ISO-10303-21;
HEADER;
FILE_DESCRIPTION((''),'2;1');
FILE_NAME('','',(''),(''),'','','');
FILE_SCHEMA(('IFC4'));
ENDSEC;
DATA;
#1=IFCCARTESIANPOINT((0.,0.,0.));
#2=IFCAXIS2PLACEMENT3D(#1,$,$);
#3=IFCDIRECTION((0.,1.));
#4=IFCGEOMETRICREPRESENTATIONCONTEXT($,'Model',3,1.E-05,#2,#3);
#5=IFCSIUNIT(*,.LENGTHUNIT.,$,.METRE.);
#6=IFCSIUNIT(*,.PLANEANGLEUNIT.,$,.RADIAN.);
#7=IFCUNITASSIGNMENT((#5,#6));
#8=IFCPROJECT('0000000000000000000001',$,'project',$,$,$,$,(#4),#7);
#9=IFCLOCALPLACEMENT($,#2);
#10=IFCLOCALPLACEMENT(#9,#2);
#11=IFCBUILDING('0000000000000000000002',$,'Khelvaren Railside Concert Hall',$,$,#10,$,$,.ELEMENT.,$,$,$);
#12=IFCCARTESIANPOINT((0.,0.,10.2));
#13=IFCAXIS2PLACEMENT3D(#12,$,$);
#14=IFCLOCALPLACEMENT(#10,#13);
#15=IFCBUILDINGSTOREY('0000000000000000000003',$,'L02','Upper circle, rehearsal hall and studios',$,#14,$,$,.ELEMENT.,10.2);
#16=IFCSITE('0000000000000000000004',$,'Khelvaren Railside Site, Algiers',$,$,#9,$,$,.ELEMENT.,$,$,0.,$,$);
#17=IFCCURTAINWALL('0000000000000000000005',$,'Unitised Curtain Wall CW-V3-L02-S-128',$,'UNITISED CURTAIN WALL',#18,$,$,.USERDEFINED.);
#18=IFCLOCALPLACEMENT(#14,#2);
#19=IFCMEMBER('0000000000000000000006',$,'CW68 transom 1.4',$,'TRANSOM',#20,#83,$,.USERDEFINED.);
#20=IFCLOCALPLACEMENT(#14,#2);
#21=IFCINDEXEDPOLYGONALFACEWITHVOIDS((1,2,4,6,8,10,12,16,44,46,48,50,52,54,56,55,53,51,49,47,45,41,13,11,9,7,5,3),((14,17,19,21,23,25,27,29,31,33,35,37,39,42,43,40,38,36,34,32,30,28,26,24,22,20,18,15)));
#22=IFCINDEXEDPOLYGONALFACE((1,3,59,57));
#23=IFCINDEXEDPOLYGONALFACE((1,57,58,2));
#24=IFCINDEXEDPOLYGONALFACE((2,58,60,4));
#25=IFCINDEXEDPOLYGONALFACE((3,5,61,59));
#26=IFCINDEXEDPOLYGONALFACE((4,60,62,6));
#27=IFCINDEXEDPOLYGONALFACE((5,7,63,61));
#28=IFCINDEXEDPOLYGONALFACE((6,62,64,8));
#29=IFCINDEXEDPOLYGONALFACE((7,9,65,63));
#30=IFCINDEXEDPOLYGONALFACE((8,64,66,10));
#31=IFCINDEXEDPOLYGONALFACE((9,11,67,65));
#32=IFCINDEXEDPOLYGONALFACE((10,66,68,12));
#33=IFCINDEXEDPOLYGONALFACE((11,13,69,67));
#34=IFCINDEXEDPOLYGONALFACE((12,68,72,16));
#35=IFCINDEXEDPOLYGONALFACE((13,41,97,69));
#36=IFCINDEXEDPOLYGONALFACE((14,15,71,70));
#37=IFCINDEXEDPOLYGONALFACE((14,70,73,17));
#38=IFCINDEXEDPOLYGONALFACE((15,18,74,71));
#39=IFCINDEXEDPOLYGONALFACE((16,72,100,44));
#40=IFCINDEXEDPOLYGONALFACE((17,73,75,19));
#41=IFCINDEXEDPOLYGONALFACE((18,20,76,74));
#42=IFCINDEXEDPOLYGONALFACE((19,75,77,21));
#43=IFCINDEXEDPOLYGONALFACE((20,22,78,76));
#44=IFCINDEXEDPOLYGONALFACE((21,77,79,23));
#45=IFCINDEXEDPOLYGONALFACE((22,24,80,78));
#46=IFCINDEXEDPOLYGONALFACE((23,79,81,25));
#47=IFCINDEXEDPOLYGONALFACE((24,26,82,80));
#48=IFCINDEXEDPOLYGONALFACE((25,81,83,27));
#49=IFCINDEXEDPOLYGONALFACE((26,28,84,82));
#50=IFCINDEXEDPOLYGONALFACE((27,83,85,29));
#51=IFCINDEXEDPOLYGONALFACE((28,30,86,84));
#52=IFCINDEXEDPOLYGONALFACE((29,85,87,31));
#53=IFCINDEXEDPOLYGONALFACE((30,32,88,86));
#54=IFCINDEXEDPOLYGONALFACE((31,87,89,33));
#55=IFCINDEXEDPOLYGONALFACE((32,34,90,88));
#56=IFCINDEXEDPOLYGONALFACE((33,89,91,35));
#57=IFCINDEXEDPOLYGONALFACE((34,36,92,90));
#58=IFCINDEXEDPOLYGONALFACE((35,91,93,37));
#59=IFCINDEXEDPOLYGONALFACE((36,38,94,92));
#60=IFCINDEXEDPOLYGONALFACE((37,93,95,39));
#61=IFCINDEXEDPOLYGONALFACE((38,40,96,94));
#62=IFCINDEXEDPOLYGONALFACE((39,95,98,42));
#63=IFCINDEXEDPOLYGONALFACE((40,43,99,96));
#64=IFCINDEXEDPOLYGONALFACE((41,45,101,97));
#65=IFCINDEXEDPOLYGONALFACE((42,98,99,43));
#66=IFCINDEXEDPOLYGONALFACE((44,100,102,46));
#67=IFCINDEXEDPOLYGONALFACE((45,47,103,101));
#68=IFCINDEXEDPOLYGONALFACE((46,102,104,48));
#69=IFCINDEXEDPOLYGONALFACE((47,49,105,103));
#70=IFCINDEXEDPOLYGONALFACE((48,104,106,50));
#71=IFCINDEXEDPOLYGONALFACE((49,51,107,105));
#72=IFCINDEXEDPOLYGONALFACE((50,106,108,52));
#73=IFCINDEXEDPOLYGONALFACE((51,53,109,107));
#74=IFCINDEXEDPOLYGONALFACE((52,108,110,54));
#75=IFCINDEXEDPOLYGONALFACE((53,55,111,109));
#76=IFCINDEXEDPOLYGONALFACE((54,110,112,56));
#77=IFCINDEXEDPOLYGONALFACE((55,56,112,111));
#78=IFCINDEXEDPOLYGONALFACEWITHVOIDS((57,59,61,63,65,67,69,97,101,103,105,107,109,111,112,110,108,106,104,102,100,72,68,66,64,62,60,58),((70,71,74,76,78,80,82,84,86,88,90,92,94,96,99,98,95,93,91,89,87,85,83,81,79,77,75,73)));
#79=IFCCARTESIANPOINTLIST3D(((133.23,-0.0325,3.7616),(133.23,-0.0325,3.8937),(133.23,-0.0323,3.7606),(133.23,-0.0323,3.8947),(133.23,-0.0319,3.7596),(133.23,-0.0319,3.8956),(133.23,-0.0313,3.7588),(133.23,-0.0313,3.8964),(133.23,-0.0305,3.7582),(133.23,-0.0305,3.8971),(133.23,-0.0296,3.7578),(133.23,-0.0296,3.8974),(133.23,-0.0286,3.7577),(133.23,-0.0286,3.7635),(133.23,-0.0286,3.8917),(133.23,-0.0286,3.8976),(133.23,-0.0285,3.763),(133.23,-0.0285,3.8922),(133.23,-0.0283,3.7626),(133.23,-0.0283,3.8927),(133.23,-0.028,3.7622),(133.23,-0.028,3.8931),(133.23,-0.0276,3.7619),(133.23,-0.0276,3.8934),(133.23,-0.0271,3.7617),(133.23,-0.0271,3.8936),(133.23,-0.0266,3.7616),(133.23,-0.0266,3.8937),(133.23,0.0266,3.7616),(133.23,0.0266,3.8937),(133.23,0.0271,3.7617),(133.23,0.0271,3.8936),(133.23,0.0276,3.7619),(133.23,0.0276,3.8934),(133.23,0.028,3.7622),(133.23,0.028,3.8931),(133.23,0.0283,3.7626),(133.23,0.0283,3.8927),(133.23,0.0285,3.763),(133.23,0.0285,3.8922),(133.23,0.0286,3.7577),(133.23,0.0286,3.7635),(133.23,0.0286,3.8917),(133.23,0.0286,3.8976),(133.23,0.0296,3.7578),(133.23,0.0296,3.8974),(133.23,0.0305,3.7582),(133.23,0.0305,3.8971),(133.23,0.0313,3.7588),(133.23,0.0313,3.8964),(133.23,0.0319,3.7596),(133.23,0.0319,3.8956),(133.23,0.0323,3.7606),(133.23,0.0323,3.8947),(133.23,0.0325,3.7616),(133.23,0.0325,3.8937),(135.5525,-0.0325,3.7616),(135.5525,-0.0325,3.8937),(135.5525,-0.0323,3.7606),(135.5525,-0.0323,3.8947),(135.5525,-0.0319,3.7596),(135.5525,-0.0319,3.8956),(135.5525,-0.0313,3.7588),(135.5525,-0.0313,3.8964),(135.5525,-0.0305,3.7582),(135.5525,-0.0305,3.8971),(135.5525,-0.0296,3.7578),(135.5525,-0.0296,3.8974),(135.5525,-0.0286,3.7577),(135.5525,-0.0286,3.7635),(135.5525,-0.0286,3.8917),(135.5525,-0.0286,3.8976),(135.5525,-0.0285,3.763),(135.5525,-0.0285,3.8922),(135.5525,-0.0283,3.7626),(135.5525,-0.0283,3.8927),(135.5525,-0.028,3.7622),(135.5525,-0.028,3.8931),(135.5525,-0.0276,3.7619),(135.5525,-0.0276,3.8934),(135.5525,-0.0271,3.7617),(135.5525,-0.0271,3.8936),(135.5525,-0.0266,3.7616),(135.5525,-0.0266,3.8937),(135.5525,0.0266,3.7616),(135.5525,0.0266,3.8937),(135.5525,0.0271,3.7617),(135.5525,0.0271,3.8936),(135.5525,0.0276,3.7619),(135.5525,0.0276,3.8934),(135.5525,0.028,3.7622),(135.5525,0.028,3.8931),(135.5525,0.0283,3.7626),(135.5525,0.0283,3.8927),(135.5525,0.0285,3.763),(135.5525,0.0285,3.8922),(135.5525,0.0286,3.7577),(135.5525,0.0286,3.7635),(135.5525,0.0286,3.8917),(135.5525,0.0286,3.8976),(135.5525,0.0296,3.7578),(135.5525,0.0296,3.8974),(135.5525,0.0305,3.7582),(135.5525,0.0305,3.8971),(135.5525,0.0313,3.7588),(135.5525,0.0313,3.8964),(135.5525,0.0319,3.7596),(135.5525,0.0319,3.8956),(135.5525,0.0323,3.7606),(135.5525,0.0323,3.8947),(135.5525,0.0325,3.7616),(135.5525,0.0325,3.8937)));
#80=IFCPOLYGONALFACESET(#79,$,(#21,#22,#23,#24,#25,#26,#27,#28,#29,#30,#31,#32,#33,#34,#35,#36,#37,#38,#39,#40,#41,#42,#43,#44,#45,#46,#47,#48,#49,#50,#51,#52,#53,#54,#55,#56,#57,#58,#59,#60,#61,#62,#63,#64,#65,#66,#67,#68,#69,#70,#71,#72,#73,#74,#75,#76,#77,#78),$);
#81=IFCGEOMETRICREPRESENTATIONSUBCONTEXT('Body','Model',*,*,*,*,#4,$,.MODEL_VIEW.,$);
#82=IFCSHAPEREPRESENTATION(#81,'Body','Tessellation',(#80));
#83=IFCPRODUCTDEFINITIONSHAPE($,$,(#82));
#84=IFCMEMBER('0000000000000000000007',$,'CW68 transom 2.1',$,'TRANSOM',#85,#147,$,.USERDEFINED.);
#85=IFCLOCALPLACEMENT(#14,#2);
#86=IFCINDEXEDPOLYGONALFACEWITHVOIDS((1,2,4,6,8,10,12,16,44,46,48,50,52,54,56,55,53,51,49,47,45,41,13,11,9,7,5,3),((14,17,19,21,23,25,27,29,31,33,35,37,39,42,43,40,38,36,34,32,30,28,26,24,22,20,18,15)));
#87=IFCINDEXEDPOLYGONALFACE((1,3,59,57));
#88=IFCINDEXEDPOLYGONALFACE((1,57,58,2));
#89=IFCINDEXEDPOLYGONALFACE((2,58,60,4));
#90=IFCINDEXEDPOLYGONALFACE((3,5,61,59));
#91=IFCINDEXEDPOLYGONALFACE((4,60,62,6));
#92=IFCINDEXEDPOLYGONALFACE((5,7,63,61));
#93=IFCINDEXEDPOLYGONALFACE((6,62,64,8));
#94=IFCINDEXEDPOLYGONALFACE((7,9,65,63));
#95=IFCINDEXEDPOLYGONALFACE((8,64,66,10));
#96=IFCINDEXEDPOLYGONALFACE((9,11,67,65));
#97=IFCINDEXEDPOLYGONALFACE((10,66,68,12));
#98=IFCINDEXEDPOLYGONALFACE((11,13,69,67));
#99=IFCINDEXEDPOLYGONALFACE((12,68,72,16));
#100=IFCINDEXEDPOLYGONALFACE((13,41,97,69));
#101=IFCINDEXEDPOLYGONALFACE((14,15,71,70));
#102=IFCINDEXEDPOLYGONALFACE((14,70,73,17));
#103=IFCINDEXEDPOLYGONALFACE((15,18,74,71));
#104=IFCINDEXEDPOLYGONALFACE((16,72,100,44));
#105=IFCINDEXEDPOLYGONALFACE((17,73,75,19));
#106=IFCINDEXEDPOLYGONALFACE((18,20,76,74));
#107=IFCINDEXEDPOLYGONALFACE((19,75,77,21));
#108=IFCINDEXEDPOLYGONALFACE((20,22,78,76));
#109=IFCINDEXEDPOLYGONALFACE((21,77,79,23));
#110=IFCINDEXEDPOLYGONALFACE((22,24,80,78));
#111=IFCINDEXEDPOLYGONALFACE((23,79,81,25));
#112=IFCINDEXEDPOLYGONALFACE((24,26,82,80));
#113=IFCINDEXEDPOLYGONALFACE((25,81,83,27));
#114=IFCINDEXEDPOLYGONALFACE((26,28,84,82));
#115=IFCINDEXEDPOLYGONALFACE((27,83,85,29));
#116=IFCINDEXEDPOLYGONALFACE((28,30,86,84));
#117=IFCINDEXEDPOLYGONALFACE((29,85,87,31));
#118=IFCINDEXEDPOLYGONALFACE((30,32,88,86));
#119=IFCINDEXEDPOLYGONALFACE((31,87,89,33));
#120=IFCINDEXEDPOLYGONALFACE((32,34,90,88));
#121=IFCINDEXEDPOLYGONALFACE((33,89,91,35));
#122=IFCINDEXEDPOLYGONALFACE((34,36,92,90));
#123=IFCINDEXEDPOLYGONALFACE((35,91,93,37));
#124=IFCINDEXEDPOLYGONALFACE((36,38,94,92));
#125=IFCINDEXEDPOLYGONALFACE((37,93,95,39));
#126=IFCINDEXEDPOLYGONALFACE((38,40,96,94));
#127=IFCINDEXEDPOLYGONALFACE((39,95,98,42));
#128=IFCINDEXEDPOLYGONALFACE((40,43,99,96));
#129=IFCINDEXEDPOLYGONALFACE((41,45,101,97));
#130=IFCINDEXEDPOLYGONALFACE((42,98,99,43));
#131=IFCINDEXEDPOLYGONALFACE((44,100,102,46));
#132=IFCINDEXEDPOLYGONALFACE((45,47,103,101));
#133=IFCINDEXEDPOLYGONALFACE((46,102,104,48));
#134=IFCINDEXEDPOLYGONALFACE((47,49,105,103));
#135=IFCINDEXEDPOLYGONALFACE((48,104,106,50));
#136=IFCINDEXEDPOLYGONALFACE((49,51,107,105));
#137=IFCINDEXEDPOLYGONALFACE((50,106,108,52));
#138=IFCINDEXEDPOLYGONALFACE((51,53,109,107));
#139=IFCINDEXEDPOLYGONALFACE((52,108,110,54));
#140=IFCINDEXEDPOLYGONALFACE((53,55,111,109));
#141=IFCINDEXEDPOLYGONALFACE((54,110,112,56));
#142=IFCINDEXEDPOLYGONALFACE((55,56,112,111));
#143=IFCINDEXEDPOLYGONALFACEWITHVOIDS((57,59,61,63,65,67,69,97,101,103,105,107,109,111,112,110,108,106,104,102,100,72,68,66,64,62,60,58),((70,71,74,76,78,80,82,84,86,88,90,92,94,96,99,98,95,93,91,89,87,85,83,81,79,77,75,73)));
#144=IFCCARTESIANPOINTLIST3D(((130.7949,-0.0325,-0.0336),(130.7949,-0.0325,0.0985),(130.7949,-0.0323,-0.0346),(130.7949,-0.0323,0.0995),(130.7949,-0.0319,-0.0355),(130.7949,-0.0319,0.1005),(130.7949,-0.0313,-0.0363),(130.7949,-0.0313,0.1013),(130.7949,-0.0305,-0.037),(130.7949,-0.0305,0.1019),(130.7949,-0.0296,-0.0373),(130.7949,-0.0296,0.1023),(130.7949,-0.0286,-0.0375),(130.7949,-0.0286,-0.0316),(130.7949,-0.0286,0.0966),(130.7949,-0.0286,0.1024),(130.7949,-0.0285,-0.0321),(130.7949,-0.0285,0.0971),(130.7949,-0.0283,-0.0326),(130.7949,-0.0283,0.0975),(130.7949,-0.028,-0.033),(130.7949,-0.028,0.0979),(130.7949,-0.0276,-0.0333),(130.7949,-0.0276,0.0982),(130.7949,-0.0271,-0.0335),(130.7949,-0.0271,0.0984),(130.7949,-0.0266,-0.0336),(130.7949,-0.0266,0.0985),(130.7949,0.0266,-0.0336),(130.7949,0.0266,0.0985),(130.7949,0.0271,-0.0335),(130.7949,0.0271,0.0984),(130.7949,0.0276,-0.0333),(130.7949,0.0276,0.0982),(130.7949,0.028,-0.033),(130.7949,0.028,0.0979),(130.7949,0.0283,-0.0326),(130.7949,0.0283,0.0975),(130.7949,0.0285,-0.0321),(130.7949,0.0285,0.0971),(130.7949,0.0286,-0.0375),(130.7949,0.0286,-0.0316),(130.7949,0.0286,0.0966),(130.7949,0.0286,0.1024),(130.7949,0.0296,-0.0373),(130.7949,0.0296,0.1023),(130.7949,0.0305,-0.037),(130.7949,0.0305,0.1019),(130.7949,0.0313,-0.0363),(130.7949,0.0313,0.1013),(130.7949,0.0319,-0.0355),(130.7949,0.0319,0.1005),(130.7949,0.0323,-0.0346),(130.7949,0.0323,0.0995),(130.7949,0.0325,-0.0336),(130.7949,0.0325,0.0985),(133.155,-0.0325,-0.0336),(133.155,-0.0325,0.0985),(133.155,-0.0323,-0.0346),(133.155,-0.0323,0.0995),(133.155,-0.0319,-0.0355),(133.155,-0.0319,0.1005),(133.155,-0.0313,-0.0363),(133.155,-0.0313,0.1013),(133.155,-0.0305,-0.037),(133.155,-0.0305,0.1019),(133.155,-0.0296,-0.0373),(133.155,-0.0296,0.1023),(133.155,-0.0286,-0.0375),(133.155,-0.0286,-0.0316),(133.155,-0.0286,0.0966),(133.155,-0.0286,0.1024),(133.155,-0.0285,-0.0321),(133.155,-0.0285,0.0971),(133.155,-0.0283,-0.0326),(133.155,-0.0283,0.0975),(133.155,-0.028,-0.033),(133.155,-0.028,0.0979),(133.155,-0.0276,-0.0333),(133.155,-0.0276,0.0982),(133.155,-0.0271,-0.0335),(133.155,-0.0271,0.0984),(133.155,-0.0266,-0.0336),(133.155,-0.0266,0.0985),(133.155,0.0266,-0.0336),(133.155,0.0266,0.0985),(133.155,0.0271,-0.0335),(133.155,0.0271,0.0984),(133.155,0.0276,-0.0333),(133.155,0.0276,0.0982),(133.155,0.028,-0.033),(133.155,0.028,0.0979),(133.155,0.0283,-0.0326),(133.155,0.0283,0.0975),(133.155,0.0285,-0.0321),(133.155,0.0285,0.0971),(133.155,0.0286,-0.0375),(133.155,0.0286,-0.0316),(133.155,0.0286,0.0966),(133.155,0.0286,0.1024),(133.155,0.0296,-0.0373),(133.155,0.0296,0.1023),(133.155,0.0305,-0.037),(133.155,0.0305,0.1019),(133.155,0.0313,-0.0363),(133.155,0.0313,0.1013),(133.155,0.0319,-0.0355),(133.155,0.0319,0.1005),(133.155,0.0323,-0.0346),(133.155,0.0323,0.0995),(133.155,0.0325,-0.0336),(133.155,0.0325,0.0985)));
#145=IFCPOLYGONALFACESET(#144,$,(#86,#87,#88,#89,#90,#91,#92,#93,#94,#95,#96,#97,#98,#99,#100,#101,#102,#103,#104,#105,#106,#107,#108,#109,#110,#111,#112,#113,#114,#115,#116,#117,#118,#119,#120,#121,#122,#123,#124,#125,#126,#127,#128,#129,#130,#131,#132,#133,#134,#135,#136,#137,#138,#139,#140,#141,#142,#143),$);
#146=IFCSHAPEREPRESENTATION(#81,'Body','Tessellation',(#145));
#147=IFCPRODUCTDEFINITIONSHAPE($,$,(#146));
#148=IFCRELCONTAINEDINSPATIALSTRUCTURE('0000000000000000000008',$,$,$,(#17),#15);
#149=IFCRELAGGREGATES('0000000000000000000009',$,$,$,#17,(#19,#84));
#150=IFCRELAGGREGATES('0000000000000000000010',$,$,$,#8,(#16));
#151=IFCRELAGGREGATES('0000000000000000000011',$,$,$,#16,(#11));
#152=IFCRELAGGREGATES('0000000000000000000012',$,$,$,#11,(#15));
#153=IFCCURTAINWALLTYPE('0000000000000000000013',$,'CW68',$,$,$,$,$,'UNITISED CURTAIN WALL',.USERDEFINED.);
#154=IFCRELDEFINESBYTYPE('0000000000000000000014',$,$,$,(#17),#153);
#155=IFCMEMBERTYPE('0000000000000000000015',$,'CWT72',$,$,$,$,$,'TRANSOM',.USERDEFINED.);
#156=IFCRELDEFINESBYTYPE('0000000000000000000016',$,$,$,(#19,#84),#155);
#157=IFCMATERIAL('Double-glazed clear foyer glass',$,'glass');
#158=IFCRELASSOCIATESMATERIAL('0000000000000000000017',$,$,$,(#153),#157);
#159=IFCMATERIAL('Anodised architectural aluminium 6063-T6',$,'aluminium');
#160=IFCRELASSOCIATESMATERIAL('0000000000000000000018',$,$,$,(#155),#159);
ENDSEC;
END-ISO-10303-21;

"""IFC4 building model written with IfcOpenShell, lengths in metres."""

from ifc_helpers import new_model, si_unit, direction, frame, origin, origin_2d, place, context, subcontext, project, spatial, hollow_rectangle, extrude, material, material_profile, profile_set, type_object, element, aggregate, save


model = new_model("IFC4")

# Units and contexts
model_context = context("Model", 3, precision=1e-05, world=origin(), true_north=direction((0.0, 1.0)))
body_context = subcontext(model_context, "Body", "Model", "MODEL_VIEW")
ifc_project = project(units=[si_unit("LENGTHUNIT", "METRE"), si_unit("PLANEANGLEUNIT", "RADIAN")], contexts=[model_context])

# Site, building, storey
site_placement = place(None, origin())
site = spatial("IfcSite", under=ifc_project, at=site_placement, Name="Khelvaren Railside Site, Algiers", CompositionType="ELEMENT", RefElevation=0.0)
building_placement = place(site_placement, origin())
building = spatial("IfcBuilding", under=site, at=building_placement, Name="Khelvaren Railside Concert Hall", CompositionType="ELEMENT")
storey_placement = place(building_placement, frame((0.0, 0.0, 10.2)))
storey = spatial("IfcBuildingStorey", under=building, at=storey_placement, Name="L02", Description="Upper circle, rehearsal hall and studios", CompositionType="ELEMENT", Elevation=10.2)

# Curtain wall
ifc_material_1 = material(Name="Double-glazed clear foyer glass", Category="glass")
curtain_wall_type_1 = type_object("IfcCurtainWallType", Name="CW68", ElementType="UNITISED CURTAIN WALL", PredefinedType="USERDEFINED", material=ifc_material_1)
curtain_wall_1_placement = place(storey_placement, origin())
curtain_wall_1 = element("IfcCurtainWall", 1, at=curtain_wall_1_placement, inside=storey, type_object=curtain_wall_type_1, Name="Unitised Curtain Wall CW-V3-L02-S-128", ObjectType="UNITISED CURTAIN WALL", PredefinedType="USERDEFINED")
ifc_material_2 = material(Name="Anodised architectural aluminium 6063-T6", Category="aluminium")

# Members
ifc_material_profile_1 = material_profile(ifc_material_2, hollow_rectangle(XDim=0.0649, YDim=0.1399, WallThickness=0.0039, InnerFilletRadius=0.002, OuterFilletRadius=0.0039, at=origin_2d()), Name="CWT 65x140x4")
ifc_profile_set_1 = profile_set([ifc_material_profile_1], Name="Anodised architectural aluminium 6063-T6")
member_type_1 = type_object("IfcMemberType", Name="CWT72", ElementType="TRANSOM", PredefinedType="USERDEFINED", material=ifc_profile_set_1)
member_1_placement = place(storey_placement, frame((135.5525, 0.0, 3.8276), z_axis=(-1.0, 0.0, 0.0), x_axis=(0.0, -1.0, 0.0)))
member_1 = element("IfcMember", 2, at=member_1_placement, type_object=member_type_1, Name="CW68 transom 1.4", ObjectType="TRANSOM", PredefinedType="USERDEFINED", context=body_context, shape_type="SweptSolid", body=[
    extrude(hollow_rectangle(XDim=0.0649, YDim=0.1399, WallThickness=0.0039, InnerFilletRadius=0.002, OuterFilletRadius=0.0039, at=origin_2d()), origin(), (0.0, 0.0, 1.0), 2.3225),
])
member_2_placement = place(storey_placement, frame((133.155, 0.0, 0.0325), z_axis=(-1.0, 0.0, 0.0), x_axis=(0.0, -1.0, 0.0)))
member_2 = element("IfcMember", 3, at=member_2_placement, type_object=member_type_1, Name="CW68 transom 2.1", ObjectType="TRANSOM", PredefinedType="USERDEFINED", context=body_context, shape_type="SweptSolid", body=[
    extrude(hollow_rectangle(XDim=0.0649, YDim=0.1399, WallThickness=0.0039, InnerFilletRadius=0.002, OuterFilletRadius=0.0039, at=origin_2d()), origin(), (0.0, 0.0, 1.0), 2.3601),
])

aggregate(curtain_wall_1, [member_1, member_2])

save(model, "model.ifc")
